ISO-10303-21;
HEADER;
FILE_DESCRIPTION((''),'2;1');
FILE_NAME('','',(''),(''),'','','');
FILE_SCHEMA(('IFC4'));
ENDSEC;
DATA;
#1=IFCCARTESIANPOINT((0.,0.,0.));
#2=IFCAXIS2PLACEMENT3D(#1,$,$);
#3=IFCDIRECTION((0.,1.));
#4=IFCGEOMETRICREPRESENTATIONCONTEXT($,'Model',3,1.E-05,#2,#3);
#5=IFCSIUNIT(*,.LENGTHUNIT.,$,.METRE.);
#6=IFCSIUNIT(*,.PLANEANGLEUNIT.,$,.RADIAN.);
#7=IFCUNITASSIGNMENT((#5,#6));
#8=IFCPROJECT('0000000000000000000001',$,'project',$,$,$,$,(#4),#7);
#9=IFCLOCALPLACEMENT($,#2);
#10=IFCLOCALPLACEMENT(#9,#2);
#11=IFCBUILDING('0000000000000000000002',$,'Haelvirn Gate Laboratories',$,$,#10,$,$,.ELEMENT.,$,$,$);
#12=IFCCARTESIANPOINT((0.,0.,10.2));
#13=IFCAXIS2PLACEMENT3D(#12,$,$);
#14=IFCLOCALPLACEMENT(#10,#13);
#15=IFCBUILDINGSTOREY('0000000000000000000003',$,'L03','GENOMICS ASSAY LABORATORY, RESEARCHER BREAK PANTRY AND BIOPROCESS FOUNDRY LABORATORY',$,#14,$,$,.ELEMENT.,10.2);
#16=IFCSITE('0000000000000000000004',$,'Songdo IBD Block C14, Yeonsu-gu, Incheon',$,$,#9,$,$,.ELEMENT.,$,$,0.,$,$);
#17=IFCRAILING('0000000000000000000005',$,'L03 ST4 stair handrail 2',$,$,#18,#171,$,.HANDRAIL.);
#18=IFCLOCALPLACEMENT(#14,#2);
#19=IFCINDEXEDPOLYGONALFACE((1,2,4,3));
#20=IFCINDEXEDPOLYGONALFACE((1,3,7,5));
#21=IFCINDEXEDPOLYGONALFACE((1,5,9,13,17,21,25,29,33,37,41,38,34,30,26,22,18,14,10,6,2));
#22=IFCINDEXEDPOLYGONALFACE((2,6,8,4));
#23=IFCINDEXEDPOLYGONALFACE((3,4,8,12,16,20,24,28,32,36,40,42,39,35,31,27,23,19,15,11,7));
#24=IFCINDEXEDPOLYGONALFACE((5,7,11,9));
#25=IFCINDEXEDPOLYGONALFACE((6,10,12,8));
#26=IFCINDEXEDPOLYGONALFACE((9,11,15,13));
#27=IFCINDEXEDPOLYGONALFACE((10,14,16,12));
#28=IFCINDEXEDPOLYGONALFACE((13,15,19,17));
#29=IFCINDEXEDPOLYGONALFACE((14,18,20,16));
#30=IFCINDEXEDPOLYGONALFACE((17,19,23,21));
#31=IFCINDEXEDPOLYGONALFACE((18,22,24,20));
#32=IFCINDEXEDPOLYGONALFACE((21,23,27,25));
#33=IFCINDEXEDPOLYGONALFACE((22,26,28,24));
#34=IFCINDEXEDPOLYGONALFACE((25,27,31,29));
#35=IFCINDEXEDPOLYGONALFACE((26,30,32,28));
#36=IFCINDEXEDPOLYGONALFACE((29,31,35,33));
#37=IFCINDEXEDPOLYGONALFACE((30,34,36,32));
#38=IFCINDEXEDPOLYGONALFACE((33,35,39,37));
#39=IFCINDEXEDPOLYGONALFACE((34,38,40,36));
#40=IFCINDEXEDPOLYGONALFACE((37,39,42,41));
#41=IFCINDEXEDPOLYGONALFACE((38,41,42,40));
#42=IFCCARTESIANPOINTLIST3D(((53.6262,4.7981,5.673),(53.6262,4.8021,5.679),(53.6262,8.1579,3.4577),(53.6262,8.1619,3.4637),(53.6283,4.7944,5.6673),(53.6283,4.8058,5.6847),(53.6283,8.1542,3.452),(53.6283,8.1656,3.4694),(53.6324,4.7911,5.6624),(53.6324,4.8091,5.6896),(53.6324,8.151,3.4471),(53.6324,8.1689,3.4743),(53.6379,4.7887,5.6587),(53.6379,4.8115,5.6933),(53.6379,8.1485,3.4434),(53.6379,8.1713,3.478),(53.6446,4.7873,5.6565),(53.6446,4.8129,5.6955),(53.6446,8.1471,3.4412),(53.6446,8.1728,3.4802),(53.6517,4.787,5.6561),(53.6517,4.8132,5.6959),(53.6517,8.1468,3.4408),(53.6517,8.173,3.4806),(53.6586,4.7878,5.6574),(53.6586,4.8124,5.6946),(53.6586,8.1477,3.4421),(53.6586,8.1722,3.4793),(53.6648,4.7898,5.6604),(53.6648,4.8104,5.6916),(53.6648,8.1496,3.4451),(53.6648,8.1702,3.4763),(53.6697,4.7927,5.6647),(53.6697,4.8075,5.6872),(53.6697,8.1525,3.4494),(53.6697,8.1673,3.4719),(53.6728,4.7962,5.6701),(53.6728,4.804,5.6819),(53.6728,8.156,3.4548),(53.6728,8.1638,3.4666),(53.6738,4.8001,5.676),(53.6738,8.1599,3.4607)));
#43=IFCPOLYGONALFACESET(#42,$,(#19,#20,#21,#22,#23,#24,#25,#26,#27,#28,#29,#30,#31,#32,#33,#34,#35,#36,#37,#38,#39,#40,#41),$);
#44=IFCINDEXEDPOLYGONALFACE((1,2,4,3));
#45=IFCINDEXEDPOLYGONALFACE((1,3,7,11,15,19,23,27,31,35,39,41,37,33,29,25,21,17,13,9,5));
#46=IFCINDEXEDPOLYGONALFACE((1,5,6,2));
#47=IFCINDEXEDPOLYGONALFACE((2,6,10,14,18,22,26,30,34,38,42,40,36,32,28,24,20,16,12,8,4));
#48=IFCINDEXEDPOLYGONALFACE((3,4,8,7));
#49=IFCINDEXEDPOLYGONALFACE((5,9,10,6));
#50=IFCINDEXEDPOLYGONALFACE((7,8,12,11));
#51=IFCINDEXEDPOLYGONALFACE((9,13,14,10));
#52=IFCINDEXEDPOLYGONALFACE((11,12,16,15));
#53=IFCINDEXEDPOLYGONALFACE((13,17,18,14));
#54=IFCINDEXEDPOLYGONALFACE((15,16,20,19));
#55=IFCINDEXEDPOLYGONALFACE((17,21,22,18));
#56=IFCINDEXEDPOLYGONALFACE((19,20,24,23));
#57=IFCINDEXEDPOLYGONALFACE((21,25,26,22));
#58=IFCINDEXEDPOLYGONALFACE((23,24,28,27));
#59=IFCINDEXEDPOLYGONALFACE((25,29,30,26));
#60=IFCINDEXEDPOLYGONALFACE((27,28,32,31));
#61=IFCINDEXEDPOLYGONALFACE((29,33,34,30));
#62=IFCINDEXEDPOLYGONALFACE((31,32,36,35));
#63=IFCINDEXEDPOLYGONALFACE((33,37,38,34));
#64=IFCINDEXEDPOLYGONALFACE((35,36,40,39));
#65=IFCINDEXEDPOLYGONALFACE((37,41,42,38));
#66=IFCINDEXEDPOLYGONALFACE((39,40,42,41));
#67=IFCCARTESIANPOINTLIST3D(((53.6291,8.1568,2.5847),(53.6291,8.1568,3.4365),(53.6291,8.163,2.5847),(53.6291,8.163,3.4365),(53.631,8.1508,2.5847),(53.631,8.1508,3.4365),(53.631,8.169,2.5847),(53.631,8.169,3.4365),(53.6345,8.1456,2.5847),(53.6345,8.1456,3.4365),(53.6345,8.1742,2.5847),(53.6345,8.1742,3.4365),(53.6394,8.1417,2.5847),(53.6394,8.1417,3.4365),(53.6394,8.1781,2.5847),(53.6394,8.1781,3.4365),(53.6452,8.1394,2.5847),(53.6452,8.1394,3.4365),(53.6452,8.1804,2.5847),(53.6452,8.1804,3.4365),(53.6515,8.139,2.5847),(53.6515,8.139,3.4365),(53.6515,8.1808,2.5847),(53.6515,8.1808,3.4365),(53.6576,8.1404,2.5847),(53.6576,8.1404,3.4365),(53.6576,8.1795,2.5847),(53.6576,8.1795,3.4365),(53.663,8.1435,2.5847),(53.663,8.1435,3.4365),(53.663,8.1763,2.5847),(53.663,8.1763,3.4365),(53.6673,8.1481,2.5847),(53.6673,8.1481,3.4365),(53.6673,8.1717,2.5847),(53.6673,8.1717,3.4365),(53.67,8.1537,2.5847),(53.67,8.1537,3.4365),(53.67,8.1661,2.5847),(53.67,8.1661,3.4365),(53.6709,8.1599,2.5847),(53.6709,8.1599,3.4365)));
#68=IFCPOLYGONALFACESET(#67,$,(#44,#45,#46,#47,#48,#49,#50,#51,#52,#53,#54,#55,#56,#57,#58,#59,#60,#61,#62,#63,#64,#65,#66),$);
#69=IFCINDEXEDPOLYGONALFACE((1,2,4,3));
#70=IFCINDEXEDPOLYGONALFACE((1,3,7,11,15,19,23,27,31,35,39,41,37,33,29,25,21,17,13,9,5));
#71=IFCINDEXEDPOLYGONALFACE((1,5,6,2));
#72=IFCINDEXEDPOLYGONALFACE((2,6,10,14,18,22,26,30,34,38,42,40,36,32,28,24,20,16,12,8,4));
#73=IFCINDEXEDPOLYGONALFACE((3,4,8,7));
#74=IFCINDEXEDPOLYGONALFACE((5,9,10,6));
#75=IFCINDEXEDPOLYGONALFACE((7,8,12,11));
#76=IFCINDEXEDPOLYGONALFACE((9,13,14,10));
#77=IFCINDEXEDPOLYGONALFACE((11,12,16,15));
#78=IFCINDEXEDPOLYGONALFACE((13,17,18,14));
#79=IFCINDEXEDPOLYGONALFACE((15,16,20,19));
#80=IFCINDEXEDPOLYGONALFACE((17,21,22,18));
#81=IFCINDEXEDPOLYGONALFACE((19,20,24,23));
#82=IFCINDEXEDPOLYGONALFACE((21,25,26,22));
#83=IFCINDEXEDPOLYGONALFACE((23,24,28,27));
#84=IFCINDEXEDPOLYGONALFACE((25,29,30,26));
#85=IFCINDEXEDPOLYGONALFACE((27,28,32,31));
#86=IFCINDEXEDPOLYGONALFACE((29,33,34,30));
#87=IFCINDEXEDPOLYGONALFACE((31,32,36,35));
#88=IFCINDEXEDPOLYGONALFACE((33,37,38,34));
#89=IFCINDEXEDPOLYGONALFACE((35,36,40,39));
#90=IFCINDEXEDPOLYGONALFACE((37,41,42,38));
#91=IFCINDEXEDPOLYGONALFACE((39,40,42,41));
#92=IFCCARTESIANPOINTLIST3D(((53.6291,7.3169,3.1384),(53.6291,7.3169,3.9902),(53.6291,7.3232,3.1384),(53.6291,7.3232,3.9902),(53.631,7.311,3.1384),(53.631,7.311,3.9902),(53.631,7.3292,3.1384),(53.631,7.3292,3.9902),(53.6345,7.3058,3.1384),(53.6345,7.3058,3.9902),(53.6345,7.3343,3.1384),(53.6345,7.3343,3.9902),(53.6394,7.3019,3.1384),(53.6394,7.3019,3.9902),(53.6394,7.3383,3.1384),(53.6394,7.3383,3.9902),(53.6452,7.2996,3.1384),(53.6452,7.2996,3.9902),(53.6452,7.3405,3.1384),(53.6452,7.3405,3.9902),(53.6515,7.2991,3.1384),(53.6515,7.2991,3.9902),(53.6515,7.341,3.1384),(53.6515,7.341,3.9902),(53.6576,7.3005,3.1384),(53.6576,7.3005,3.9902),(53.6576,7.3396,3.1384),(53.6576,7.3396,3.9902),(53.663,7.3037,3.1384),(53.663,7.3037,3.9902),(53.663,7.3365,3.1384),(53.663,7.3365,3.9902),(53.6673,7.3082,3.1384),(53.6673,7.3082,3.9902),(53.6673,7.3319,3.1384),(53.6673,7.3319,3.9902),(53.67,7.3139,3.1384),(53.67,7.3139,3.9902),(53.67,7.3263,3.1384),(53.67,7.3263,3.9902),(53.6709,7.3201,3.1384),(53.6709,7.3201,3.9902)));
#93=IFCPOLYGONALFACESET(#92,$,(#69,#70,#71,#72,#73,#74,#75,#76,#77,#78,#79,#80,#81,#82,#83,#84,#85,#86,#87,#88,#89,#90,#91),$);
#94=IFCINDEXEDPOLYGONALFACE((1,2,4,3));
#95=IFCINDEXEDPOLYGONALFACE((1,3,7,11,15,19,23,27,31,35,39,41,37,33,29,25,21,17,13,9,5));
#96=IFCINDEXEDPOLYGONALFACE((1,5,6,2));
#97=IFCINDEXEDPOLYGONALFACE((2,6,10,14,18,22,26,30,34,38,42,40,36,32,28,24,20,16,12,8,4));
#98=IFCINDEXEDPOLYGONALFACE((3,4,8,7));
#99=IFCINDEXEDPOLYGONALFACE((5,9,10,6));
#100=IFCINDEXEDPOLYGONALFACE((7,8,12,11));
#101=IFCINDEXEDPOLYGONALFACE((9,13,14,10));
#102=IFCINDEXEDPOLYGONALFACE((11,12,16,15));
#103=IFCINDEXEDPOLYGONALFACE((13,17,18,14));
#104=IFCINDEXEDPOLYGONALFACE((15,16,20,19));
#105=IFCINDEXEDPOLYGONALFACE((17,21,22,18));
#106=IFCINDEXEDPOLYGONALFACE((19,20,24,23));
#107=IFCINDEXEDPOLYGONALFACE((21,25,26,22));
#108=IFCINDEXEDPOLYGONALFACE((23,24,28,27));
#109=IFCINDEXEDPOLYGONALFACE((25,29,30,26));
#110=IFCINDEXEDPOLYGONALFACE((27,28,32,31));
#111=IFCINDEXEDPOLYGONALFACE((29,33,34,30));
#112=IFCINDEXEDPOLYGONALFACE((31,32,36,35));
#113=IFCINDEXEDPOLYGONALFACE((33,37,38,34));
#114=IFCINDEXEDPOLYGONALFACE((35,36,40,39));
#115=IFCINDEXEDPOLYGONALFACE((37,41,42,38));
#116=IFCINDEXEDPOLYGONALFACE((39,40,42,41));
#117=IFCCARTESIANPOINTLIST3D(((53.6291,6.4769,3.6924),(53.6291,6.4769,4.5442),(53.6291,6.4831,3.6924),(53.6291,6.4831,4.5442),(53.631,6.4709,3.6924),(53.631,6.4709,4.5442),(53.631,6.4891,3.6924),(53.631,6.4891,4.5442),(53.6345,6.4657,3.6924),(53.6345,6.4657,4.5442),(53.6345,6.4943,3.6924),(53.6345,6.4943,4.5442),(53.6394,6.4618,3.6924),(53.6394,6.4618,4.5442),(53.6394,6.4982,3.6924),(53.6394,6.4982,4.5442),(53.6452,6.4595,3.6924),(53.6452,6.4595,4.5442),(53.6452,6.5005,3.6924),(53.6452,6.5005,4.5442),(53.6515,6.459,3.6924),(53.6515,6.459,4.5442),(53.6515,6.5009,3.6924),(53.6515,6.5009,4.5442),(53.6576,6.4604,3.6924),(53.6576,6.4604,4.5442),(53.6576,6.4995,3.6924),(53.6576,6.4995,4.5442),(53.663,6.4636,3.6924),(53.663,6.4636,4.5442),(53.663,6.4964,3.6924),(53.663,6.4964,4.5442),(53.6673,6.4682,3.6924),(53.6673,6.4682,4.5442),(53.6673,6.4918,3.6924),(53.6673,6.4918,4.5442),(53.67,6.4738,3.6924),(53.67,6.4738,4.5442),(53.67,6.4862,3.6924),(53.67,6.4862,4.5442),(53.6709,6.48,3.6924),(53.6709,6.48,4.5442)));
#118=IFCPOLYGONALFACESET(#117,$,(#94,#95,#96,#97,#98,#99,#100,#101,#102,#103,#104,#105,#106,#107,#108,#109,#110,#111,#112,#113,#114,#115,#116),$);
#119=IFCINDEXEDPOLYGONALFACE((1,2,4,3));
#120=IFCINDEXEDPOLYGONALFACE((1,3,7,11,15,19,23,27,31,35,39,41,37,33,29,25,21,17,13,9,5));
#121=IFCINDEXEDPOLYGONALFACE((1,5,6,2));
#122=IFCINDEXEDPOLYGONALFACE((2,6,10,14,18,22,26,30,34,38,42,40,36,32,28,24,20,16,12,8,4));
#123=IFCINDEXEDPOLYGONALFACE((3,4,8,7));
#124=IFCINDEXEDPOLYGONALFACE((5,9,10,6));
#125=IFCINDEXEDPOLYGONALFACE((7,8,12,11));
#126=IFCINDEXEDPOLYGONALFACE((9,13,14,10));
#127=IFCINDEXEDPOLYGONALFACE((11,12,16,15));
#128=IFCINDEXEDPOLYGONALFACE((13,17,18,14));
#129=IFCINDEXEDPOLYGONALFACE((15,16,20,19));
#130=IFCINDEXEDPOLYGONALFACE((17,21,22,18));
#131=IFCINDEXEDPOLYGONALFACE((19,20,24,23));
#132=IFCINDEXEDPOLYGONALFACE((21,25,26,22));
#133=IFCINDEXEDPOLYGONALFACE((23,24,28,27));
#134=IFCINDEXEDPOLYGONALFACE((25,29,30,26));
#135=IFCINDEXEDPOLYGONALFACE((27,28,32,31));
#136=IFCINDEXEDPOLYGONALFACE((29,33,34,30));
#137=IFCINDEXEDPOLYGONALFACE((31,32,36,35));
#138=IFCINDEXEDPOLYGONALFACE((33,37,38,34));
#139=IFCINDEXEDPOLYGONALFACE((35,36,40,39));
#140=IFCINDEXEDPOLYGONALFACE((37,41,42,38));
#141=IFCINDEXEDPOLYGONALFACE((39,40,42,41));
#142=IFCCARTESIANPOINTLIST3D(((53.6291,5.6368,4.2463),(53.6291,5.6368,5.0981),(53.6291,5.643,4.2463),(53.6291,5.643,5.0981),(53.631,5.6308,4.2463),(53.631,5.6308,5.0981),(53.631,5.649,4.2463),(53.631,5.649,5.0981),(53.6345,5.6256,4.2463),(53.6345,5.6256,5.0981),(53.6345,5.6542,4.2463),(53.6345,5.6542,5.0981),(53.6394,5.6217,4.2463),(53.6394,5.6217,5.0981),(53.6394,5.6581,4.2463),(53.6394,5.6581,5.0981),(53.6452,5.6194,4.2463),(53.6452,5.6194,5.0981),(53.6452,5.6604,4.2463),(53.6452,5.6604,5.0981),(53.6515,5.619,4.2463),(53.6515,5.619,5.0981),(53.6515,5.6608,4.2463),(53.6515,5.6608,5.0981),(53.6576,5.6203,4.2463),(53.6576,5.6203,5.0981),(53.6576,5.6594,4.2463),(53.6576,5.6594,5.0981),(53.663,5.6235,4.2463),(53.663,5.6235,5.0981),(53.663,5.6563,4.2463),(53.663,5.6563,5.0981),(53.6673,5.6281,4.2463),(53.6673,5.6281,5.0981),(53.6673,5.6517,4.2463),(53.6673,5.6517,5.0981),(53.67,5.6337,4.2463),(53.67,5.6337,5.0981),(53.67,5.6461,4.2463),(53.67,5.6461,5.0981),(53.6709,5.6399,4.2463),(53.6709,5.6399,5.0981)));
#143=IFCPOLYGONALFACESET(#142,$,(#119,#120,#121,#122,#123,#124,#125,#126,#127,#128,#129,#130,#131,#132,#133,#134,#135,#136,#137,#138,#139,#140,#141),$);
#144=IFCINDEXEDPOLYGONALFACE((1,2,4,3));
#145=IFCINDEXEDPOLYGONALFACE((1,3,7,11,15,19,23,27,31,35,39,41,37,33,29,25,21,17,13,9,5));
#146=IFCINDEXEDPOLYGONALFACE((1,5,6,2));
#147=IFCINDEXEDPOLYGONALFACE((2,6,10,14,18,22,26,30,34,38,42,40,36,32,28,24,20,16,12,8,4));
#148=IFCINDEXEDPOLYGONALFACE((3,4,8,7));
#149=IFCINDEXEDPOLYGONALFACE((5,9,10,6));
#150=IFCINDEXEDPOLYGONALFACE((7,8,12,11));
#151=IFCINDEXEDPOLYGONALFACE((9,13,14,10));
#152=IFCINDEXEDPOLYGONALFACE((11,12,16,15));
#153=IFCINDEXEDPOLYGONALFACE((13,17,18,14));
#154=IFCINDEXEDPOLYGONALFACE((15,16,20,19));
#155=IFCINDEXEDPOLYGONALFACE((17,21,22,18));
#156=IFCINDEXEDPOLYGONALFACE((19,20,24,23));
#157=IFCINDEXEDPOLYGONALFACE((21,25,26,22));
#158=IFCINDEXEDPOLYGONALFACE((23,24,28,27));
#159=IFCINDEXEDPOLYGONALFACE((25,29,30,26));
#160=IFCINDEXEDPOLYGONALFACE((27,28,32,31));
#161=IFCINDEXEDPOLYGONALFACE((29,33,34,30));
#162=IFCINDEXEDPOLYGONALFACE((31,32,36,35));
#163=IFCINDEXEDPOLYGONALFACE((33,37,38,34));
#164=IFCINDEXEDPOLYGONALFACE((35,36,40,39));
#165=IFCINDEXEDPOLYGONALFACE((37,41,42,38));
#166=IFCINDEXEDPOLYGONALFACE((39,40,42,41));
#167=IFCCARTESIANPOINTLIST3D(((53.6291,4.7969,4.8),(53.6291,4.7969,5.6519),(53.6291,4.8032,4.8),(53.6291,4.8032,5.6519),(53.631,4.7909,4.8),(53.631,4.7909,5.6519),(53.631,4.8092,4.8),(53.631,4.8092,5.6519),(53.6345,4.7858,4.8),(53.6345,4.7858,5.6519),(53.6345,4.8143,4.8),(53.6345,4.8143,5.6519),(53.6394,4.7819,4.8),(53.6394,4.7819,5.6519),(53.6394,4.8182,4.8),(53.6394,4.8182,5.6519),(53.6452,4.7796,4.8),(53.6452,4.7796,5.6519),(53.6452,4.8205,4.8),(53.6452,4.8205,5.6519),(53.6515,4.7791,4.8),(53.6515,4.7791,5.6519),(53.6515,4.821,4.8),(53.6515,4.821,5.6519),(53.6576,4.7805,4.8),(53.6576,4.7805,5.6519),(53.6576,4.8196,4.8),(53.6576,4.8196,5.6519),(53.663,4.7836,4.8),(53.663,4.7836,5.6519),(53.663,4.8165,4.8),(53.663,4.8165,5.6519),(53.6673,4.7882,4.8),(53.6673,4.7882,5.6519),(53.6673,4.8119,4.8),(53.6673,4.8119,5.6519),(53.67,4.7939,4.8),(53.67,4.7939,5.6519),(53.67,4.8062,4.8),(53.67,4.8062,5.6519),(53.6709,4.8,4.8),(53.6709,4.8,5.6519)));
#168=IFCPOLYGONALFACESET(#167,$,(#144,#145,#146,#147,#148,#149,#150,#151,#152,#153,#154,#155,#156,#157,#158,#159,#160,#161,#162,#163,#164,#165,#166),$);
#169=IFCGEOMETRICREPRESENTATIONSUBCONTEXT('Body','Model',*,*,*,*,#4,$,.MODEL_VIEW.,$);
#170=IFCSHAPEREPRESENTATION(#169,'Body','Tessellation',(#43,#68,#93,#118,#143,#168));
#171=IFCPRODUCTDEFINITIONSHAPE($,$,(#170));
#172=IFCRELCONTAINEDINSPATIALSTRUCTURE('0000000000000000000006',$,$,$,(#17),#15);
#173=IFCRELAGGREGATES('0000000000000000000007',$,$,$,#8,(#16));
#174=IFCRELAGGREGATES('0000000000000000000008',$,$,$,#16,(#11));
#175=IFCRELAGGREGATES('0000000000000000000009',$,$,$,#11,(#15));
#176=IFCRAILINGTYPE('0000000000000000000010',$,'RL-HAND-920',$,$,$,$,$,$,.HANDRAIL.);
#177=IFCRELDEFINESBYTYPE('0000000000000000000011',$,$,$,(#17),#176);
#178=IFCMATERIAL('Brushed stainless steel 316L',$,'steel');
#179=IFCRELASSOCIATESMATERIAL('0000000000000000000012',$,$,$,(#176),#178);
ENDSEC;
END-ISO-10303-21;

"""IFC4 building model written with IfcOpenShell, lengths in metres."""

from ifc_helpers import new_model, si_unit, direction, frame, origin, origin_2d, place, context, subcontext, project, spatial, circle, extrude, source, transform, mapped, material, type_object, type_shapes, element, save


model = new_model("IFC4")

# Units and contexts
model_context = context("Model", 3, precision=1e-05, world=origin(), true_north=direction((0.0, 1.0)))
body_context = subcontext(model_context, "Body", "Model", "MODEL_VIEW")
ifc_project = project(units=[si_unit("LENGTHUNIT", "METRE"), si_unit("PLANEANGLEUNIT", "RADIAN")], contexts=[model_context])

# Site, building, storey
site_placement = place(None, origin())
site = spatial("IfcSite", under=ifc_project, at=site_placement, Name="Songdo IBD Block C14, Yeonsu-gu, Incheon", CompositionType="ELEMENT", RefElevation=0.0)
building_placement = place(site_placement, origin())
building = spatial("IfcBuilding", under=site, at=building_placement, Name="Haelvirn Gate Laboratories", CompositionType="ELEMENT")
storey_placement = place(building_placement, frame((0.0, 0.0, 10.2)))
storey = spatial("IfcBuildingStorey", under=building, at=storey_placement, Name="L03", Description="GENOMICS ASSAY LABORATORY, RESEARCHER BREAK PANTRY AND BIOPROCESS FOUNDRY LABORATORY", CompositionType="ELEMENT", Elevation=10.2)

# Railing
ifc_material_1 = material(Name="Brushed stainless steel 316L", Category="steel")
railing_type_1 = type_object("IfcRailingType", Name="RL-HAND-920", PredefinedType="HANDRAIL", material=ifc_material_1)
shared_shape_1 = source(origin(), body_context, "Body", "SweptSolid", [
    extrude(circle(Radius=0.0239, at=origin_2d()), frame((0.0, 0.0, 0.876), z_axis=(0.0, -0.834858, 0.550465), x_axis=(1.0, 0.0, 0.0)), (0.0, 0.0, 1.0), 4.0244),
    extrude(circle(Radius=0.021, at=origin_2d()), origin(), (0.0, 0.0, 1.0), 0.8518),
    extrude(circle(Radius=0.021, at=origin_2d()), frame((0.0, -0.8398, 0.5537)), (0.0, 0.0, 1.0), 0.8518),
    extrude(circle(Radius=0.021, at=origin_2d()), frame((0.0, -1.6799, 1.1077)), (0.0, 0.0, 1.0), 0.8518),
    extrude(circle(Radius=0.021, at=origin_2d()), frame((0.0, -2.52, 1.6616)), (0.0, 0.0, 1.0), 0.8518),
    extrude(circle(Radius=0.021, at=origin_2d()), frame((0.0, -3.3599, 2.2153)), (0.0, 0.0, 1.0), 0.8518),
])
type_shapes(railing_type_1, [shared_shape_1])
railing_1_placement = place(storey_placement, frame((53.6499, 8.1599, 2.5847)))
element("IfcRailing", 1, at=railing_1_placement, inside=storey, type_object=railing_type_1, Name="L03 ST4 stair handrail 2", PredefinedType="HANDRAIL", context=body_context, shape_type="MappedRepresentation", body=[
    mapped(shared_shape_1, transform((0.0, 0.0, 0.0), scale=1.0)),
])

save(model, "model.ifc")
